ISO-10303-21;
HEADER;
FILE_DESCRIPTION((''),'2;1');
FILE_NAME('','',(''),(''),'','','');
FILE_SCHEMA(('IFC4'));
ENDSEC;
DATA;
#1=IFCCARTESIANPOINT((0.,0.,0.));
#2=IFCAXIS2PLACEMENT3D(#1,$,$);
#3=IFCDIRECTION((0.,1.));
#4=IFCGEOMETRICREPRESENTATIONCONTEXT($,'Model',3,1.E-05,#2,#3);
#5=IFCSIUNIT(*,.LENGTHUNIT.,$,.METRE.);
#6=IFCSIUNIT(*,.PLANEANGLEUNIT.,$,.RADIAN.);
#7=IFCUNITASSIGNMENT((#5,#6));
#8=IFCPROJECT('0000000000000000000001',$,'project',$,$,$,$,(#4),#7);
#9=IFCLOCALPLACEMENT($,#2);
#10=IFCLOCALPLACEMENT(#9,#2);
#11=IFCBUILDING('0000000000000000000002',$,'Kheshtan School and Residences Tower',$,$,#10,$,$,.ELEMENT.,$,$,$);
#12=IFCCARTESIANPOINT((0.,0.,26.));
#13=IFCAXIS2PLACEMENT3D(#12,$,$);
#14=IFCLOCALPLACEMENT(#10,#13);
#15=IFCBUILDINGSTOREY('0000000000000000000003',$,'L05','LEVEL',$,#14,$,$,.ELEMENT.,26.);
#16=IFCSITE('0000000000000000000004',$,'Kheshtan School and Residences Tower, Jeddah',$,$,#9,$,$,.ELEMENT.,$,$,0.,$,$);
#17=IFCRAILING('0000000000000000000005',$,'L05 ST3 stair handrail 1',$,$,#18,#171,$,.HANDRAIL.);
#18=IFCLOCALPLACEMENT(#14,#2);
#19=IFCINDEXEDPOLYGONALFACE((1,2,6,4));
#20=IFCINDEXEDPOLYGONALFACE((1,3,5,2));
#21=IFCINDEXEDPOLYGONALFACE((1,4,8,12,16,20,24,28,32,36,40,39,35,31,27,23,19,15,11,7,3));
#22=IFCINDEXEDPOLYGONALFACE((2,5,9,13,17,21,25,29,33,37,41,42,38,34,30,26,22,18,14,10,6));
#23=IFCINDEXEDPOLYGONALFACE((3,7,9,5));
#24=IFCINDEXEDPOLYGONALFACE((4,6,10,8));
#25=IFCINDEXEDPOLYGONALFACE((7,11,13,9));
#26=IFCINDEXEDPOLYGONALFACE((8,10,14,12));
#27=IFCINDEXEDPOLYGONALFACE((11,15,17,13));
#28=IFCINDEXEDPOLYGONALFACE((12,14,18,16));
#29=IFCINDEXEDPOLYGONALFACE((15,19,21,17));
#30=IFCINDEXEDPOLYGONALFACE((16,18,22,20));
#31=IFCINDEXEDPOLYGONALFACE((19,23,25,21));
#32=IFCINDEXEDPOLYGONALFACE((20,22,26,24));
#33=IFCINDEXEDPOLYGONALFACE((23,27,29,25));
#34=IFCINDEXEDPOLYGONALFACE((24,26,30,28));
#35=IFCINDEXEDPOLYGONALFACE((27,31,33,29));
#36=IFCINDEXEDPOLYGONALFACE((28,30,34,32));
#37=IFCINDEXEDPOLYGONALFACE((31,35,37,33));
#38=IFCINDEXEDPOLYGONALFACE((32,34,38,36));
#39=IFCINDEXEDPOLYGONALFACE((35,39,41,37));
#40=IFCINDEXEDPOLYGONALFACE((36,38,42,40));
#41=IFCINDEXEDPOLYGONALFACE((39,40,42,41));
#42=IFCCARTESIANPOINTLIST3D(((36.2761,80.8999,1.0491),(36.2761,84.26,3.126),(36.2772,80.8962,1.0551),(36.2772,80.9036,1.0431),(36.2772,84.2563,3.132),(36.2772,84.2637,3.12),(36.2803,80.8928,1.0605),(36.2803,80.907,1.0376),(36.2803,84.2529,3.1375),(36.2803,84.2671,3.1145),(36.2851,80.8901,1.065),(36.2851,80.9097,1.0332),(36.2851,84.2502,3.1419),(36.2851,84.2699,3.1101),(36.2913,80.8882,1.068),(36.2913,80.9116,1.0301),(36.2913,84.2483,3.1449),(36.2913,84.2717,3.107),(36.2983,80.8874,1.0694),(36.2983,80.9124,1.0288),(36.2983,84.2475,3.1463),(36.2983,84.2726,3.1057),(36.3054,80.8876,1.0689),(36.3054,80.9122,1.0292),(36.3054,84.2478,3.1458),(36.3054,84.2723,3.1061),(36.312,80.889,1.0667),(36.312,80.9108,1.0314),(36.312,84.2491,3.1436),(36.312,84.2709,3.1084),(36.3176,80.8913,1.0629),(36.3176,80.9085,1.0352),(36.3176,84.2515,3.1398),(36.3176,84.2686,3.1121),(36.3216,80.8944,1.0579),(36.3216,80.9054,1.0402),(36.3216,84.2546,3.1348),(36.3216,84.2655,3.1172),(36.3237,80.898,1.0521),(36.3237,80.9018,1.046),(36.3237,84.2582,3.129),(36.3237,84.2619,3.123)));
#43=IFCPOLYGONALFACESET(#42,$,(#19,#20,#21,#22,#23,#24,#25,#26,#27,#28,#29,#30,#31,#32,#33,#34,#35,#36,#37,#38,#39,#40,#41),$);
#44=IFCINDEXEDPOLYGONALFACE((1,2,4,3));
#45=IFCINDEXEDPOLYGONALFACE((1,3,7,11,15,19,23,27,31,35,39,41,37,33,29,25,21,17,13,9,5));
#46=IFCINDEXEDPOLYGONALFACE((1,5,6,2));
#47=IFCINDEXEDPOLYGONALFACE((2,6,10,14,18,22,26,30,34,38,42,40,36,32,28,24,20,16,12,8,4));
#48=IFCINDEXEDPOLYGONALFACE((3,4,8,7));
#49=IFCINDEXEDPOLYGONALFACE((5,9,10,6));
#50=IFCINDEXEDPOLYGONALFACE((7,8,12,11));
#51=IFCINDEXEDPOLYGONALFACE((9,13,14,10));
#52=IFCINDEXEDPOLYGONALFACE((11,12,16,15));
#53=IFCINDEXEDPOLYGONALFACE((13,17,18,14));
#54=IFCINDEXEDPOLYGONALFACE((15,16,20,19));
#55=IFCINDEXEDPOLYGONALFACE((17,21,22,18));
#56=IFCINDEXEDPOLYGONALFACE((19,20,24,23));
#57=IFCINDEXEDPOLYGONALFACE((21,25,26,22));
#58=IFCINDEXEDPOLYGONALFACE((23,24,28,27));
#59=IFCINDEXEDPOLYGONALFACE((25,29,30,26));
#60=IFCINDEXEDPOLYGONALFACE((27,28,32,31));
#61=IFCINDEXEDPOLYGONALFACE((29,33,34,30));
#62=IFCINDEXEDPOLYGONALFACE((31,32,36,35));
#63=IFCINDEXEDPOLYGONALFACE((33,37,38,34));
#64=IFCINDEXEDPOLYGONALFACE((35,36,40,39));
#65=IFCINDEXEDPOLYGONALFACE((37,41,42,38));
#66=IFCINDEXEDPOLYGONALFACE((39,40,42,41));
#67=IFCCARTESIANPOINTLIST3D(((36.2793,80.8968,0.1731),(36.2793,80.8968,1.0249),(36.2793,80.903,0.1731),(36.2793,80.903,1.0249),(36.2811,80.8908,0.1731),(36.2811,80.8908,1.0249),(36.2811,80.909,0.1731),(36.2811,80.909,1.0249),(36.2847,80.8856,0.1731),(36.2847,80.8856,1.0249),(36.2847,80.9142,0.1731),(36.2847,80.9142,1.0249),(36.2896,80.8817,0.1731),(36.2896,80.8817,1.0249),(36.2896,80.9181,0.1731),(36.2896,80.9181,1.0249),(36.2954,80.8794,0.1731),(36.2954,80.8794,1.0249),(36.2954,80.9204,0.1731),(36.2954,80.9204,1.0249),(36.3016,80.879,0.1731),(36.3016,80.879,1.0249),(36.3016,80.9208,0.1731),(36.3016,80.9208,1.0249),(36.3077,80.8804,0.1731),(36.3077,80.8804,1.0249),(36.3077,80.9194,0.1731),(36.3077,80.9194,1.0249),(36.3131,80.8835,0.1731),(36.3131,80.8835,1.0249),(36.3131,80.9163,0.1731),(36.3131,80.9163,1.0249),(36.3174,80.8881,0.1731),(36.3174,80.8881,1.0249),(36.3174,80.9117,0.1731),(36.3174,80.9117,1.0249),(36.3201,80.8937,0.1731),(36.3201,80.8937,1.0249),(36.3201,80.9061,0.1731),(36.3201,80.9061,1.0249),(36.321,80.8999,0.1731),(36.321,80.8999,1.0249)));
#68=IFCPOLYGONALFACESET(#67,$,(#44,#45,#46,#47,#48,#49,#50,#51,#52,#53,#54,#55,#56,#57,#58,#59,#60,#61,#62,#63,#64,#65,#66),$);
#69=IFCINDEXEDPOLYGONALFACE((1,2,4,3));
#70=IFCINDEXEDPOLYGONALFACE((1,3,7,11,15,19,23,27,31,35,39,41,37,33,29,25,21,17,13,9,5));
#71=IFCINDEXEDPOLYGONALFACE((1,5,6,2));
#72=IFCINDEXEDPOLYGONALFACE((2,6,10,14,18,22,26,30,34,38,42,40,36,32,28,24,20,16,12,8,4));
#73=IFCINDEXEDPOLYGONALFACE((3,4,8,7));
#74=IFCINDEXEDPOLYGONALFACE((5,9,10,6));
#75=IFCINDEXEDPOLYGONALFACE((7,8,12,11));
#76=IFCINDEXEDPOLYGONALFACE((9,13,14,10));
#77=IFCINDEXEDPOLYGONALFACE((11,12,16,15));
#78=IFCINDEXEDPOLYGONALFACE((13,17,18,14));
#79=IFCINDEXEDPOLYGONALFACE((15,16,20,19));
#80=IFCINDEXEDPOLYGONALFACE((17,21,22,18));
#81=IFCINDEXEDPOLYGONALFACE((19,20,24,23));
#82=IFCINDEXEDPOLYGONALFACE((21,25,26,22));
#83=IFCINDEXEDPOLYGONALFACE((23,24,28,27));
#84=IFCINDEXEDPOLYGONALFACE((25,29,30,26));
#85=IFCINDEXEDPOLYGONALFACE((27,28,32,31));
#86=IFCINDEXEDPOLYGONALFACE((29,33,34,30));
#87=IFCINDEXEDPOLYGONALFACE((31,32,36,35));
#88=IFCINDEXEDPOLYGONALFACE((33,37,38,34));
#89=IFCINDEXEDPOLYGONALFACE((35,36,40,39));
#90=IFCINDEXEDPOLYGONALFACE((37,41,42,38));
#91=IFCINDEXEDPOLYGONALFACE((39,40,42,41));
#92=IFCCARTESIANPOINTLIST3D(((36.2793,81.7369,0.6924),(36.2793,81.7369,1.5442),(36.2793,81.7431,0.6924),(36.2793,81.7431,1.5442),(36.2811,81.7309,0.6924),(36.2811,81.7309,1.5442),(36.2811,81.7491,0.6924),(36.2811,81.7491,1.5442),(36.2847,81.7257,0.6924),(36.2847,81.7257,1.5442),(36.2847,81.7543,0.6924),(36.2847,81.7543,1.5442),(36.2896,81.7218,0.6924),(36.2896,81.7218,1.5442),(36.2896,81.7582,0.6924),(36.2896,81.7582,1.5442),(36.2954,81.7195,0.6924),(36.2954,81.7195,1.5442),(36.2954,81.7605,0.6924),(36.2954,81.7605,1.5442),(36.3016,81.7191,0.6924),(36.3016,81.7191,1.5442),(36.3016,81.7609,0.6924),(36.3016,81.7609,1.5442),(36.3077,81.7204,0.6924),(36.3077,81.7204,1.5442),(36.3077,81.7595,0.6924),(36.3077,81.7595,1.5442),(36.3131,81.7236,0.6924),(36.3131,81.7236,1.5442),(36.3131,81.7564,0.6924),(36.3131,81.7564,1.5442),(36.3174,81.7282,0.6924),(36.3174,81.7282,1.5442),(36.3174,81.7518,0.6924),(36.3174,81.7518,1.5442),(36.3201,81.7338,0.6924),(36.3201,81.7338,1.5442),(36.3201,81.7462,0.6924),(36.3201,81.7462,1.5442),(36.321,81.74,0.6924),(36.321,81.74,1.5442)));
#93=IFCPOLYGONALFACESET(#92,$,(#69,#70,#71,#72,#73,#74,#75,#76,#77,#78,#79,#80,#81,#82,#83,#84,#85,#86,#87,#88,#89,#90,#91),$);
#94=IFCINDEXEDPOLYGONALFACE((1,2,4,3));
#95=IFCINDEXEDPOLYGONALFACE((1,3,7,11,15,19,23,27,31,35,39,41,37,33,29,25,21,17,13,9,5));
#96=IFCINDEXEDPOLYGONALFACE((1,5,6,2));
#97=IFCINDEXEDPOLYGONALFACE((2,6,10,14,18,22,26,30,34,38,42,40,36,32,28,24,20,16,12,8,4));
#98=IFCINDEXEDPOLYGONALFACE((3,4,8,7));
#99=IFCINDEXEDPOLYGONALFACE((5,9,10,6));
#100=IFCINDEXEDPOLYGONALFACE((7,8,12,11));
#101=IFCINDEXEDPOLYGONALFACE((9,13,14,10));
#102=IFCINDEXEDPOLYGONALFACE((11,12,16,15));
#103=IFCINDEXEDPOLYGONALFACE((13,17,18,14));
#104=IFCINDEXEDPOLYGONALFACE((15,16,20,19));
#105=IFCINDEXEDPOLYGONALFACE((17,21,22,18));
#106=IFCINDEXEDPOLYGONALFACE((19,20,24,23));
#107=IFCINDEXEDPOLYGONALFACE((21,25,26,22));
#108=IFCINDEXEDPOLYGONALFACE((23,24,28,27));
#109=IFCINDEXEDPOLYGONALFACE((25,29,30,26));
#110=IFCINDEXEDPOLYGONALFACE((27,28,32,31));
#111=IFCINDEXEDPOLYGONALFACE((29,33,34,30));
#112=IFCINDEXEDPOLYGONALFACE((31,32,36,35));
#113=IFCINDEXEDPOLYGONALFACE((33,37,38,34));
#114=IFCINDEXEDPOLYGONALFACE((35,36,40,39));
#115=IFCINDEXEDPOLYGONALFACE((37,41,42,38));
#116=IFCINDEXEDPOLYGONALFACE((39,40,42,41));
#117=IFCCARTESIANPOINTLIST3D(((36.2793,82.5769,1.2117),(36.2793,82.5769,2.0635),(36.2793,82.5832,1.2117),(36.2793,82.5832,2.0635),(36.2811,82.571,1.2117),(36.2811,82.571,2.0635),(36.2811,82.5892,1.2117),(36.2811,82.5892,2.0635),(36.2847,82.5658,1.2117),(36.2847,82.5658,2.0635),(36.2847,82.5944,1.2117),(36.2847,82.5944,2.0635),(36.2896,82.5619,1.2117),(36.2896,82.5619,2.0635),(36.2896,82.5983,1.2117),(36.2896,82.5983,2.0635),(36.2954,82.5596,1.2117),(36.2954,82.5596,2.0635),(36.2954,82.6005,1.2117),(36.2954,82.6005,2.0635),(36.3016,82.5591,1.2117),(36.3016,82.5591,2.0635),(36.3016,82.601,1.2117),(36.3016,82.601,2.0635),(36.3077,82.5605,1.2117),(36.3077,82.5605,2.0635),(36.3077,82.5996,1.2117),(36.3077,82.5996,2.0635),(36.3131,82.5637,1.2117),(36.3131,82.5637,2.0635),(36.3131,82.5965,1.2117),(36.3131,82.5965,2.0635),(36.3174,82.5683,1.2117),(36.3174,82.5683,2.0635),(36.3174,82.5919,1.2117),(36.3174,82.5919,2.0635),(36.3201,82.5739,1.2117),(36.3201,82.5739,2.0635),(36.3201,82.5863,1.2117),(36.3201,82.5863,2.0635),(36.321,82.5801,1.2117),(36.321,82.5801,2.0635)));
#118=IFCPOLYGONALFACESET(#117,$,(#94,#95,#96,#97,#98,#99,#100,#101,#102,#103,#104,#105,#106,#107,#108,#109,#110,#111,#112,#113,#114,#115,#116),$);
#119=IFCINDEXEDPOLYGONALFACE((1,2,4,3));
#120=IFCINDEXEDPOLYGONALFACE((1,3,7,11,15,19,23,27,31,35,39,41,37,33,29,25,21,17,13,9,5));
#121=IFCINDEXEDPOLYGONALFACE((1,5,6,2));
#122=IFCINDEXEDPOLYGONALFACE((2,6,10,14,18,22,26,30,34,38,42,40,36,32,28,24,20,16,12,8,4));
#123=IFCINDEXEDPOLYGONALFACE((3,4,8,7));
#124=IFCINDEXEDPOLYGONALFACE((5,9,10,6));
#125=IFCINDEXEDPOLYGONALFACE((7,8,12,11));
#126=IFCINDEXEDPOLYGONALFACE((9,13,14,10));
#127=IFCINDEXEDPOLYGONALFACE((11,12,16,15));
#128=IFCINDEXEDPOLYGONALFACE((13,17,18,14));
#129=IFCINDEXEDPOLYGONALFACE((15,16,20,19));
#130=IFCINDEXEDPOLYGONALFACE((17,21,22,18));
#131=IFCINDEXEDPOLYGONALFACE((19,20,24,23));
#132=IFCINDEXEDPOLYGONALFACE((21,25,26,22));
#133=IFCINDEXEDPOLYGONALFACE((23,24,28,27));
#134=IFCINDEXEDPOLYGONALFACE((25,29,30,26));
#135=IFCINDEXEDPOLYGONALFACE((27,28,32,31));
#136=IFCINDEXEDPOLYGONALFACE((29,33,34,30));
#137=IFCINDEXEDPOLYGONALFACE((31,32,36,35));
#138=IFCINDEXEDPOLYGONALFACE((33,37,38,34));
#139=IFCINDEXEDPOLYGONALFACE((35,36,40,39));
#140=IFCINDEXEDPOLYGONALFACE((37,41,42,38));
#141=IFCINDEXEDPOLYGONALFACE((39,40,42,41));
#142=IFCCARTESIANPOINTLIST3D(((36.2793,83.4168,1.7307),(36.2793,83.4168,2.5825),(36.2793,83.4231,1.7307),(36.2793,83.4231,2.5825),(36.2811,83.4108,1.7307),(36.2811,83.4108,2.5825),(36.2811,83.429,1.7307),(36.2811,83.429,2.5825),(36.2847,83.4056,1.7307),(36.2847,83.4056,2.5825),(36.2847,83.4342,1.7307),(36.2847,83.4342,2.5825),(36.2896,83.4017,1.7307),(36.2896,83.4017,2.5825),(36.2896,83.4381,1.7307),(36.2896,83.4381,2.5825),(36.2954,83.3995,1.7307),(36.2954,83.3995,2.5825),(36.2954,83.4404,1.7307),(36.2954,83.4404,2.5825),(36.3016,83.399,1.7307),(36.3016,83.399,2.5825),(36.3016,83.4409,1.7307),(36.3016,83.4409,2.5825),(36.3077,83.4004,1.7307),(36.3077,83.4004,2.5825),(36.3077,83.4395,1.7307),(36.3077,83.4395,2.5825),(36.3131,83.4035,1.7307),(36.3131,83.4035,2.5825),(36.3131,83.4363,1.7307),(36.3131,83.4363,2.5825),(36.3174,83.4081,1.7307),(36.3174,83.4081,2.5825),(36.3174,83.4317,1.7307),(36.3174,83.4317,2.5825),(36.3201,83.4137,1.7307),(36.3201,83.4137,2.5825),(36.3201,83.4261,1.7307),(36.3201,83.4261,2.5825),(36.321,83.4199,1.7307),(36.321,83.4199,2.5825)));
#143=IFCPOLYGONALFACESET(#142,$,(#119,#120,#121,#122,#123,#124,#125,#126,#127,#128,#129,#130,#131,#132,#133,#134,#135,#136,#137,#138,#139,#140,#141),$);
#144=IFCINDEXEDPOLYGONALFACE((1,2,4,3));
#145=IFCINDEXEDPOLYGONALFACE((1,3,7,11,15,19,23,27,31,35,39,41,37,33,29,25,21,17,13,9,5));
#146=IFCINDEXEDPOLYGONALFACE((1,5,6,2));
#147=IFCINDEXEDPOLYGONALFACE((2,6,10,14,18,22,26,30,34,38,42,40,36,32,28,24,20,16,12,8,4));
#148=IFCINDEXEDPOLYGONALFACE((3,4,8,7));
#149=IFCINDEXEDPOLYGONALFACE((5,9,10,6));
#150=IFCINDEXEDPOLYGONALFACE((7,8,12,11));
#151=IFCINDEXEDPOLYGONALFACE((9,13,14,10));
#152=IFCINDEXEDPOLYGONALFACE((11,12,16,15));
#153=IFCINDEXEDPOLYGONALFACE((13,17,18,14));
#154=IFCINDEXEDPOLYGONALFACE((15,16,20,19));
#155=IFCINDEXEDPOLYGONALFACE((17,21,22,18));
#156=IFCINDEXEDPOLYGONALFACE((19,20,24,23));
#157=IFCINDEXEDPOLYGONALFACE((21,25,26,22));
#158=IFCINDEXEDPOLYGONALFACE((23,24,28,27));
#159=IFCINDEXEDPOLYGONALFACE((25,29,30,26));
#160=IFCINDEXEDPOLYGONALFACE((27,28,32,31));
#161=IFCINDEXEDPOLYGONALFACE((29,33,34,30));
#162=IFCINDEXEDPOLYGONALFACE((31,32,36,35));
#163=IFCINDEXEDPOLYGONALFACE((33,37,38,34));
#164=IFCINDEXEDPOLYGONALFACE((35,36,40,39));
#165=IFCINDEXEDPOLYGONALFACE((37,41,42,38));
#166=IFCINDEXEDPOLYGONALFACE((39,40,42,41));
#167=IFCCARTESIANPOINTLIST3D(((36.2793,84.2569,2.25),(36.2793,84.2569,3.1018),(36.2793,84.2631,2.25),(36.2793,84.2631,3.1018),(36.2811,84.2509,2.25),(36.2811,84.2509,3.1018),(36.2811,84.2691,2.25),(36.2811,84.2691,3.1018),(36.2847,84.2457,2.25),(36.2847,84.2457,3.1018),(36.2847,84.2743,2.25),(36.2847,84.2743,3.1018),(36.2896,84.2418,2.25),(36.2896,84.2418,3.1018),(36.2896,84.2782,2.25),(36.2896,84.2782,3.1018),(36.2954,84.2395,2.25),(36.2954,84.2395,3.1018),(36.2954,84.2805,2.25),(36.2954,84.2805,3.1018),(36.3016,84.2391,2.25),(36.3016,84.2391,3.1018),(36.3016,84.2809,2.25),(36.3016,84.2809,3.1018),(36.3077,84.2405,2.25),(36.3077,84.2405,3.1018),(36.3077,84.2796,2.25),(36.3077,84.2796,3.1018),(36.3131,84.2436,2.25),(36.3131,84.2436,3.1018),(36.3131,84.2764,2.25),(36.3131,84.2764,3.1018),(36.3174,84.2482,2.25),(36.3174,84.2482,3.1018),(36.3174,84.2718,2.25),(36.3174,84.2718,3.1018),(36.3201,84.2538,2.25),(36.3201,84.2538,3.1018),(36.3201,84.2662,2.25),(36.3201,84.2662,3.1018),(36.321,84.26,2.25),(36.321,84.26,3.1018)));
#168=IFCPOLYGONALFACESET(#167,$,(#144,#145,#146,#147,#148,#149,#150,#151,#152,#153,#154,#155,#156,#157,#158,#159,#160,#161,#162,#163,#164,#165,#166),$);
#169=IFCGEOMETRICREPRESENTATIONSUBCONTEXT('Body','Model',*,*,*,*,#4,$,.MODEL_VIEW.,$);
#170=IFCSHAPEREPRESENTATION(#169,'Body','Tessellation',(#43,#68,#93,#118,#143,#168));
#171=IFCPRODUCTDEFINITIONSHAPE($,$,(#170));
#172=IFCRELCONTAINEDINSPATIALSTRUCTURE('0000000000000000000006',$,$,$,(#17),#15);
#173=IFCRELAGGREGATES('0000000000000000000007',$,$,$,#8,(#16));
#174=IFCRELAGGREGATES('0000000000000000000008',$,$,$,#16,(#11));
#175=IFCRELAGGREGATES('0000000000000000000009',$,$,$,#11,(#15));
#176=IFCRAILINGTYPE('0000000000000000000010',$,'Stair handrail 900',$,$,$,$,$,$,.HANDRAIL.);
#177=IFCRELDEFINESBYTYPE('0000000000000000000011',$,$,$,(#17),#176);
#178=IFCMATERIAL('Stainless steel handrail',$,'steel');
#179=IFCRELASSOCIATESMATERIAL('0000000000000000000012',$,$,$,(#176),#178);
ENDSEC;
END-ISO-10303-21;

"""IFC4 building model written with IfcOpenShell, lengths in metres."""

from ifc_helpers import new_model, si_unit, direction, frame, origin, origin_2d, place, context, subcontext, project, spatial, circle, extrude, material, type_object, element, save


model = new_model("IFC4")

# Units and contexts
model_context = context("Model", 3, precision=1e-05, world=origin(), true_north=direction((0.0, 1.0)))
body_context = subcontext(model_context, "Body", "Model", "MODEL_VIEW")
ifc_project = project(units=[si_unit("LENGTHUNIT", "METRE"), si_unit("PLANEANGLEUNIT", "RADIAN")], contexts=[model_context])

# Site, building, storey
site_placement = place(None, origin())
site = spatial("IfcSite", under=ifc_project, at=site_placement, Name="Kheshtan School and Residences Tower, Jeddah", CompositionType="ELEMENT", RefElevation=0.0)
building_placement = place(site_placement, origin())
building = spatial("IfcBuilding", under=site, at=building_placement, Name="Kheshtan School and Residences Tower", CompositionType="ELEMENT")
storey_placement = place(building_placement, frame((0.0, 0.0, 26.0)))
storey = spatial("IfcBuildingStorey", under=building, at=storey_placement, Name="L05", Description="LEVEL", CompositionType="ELEMENT", Elevation=26.0)

# Railing
ifc_material_1 = material(Name="Stainless steel handrail", Category="steel")
railing_type_1 = type_object("IfcRailingType", Name="Stair handrail 900", PredefinedType="HANDRAIL", material=ifc_material_1)
railing_1_placement = place(storey_placement, frame((36.3, 80.8999, 0.1731)))
element("IfcRailing", 1, at=railing_1_placement, inside=storey, type_object=railing_type_1, Name="L05 ST3 stair handrail 1", PredefinedType="HANDRAIL", context=body_context, shape_type="SweptSolid", body=[
    extrude(circle(Radius=0.0239, at=origin_2d()), frame((0.0, 0.0, 0.876), z_axis=(0.0, 0.850623, 0.525776), x_axis=(-1.0, 0.0, 0.0)), (0.0, 0.0, 1.0), 3.9502),
    extrude(circle(Radius=0.021, at=origin_2d()), origin(), (0.0, 0.0, 1.0), 0.8518),
    extrude(circle(Radius=0.021, at=origin_2d()), frame((0.0, 0.8401, 0.5193)), (0.0, 0.0, 1.0), 0.8518),
    extrude(circle(Radius=0.021, at=origin_2d()), frame((0.0, 1.6802, 1.0386)), (0.0, 0.0, 1.0), 0.8518),
    extrude(circle(Radius=0.021, at=origin_2d()), frame((0.0, 2.52, 1.5576)), (0.0, 0.0, 1.0), 0.8518),
    extrude(circle(Radius=0.021, at=origin_2d()), frame((0.0, 3.3601, 2.0769)), (0.0, 0.0, 1.0), 0.8518),
])

save(model, "model.ifc")
